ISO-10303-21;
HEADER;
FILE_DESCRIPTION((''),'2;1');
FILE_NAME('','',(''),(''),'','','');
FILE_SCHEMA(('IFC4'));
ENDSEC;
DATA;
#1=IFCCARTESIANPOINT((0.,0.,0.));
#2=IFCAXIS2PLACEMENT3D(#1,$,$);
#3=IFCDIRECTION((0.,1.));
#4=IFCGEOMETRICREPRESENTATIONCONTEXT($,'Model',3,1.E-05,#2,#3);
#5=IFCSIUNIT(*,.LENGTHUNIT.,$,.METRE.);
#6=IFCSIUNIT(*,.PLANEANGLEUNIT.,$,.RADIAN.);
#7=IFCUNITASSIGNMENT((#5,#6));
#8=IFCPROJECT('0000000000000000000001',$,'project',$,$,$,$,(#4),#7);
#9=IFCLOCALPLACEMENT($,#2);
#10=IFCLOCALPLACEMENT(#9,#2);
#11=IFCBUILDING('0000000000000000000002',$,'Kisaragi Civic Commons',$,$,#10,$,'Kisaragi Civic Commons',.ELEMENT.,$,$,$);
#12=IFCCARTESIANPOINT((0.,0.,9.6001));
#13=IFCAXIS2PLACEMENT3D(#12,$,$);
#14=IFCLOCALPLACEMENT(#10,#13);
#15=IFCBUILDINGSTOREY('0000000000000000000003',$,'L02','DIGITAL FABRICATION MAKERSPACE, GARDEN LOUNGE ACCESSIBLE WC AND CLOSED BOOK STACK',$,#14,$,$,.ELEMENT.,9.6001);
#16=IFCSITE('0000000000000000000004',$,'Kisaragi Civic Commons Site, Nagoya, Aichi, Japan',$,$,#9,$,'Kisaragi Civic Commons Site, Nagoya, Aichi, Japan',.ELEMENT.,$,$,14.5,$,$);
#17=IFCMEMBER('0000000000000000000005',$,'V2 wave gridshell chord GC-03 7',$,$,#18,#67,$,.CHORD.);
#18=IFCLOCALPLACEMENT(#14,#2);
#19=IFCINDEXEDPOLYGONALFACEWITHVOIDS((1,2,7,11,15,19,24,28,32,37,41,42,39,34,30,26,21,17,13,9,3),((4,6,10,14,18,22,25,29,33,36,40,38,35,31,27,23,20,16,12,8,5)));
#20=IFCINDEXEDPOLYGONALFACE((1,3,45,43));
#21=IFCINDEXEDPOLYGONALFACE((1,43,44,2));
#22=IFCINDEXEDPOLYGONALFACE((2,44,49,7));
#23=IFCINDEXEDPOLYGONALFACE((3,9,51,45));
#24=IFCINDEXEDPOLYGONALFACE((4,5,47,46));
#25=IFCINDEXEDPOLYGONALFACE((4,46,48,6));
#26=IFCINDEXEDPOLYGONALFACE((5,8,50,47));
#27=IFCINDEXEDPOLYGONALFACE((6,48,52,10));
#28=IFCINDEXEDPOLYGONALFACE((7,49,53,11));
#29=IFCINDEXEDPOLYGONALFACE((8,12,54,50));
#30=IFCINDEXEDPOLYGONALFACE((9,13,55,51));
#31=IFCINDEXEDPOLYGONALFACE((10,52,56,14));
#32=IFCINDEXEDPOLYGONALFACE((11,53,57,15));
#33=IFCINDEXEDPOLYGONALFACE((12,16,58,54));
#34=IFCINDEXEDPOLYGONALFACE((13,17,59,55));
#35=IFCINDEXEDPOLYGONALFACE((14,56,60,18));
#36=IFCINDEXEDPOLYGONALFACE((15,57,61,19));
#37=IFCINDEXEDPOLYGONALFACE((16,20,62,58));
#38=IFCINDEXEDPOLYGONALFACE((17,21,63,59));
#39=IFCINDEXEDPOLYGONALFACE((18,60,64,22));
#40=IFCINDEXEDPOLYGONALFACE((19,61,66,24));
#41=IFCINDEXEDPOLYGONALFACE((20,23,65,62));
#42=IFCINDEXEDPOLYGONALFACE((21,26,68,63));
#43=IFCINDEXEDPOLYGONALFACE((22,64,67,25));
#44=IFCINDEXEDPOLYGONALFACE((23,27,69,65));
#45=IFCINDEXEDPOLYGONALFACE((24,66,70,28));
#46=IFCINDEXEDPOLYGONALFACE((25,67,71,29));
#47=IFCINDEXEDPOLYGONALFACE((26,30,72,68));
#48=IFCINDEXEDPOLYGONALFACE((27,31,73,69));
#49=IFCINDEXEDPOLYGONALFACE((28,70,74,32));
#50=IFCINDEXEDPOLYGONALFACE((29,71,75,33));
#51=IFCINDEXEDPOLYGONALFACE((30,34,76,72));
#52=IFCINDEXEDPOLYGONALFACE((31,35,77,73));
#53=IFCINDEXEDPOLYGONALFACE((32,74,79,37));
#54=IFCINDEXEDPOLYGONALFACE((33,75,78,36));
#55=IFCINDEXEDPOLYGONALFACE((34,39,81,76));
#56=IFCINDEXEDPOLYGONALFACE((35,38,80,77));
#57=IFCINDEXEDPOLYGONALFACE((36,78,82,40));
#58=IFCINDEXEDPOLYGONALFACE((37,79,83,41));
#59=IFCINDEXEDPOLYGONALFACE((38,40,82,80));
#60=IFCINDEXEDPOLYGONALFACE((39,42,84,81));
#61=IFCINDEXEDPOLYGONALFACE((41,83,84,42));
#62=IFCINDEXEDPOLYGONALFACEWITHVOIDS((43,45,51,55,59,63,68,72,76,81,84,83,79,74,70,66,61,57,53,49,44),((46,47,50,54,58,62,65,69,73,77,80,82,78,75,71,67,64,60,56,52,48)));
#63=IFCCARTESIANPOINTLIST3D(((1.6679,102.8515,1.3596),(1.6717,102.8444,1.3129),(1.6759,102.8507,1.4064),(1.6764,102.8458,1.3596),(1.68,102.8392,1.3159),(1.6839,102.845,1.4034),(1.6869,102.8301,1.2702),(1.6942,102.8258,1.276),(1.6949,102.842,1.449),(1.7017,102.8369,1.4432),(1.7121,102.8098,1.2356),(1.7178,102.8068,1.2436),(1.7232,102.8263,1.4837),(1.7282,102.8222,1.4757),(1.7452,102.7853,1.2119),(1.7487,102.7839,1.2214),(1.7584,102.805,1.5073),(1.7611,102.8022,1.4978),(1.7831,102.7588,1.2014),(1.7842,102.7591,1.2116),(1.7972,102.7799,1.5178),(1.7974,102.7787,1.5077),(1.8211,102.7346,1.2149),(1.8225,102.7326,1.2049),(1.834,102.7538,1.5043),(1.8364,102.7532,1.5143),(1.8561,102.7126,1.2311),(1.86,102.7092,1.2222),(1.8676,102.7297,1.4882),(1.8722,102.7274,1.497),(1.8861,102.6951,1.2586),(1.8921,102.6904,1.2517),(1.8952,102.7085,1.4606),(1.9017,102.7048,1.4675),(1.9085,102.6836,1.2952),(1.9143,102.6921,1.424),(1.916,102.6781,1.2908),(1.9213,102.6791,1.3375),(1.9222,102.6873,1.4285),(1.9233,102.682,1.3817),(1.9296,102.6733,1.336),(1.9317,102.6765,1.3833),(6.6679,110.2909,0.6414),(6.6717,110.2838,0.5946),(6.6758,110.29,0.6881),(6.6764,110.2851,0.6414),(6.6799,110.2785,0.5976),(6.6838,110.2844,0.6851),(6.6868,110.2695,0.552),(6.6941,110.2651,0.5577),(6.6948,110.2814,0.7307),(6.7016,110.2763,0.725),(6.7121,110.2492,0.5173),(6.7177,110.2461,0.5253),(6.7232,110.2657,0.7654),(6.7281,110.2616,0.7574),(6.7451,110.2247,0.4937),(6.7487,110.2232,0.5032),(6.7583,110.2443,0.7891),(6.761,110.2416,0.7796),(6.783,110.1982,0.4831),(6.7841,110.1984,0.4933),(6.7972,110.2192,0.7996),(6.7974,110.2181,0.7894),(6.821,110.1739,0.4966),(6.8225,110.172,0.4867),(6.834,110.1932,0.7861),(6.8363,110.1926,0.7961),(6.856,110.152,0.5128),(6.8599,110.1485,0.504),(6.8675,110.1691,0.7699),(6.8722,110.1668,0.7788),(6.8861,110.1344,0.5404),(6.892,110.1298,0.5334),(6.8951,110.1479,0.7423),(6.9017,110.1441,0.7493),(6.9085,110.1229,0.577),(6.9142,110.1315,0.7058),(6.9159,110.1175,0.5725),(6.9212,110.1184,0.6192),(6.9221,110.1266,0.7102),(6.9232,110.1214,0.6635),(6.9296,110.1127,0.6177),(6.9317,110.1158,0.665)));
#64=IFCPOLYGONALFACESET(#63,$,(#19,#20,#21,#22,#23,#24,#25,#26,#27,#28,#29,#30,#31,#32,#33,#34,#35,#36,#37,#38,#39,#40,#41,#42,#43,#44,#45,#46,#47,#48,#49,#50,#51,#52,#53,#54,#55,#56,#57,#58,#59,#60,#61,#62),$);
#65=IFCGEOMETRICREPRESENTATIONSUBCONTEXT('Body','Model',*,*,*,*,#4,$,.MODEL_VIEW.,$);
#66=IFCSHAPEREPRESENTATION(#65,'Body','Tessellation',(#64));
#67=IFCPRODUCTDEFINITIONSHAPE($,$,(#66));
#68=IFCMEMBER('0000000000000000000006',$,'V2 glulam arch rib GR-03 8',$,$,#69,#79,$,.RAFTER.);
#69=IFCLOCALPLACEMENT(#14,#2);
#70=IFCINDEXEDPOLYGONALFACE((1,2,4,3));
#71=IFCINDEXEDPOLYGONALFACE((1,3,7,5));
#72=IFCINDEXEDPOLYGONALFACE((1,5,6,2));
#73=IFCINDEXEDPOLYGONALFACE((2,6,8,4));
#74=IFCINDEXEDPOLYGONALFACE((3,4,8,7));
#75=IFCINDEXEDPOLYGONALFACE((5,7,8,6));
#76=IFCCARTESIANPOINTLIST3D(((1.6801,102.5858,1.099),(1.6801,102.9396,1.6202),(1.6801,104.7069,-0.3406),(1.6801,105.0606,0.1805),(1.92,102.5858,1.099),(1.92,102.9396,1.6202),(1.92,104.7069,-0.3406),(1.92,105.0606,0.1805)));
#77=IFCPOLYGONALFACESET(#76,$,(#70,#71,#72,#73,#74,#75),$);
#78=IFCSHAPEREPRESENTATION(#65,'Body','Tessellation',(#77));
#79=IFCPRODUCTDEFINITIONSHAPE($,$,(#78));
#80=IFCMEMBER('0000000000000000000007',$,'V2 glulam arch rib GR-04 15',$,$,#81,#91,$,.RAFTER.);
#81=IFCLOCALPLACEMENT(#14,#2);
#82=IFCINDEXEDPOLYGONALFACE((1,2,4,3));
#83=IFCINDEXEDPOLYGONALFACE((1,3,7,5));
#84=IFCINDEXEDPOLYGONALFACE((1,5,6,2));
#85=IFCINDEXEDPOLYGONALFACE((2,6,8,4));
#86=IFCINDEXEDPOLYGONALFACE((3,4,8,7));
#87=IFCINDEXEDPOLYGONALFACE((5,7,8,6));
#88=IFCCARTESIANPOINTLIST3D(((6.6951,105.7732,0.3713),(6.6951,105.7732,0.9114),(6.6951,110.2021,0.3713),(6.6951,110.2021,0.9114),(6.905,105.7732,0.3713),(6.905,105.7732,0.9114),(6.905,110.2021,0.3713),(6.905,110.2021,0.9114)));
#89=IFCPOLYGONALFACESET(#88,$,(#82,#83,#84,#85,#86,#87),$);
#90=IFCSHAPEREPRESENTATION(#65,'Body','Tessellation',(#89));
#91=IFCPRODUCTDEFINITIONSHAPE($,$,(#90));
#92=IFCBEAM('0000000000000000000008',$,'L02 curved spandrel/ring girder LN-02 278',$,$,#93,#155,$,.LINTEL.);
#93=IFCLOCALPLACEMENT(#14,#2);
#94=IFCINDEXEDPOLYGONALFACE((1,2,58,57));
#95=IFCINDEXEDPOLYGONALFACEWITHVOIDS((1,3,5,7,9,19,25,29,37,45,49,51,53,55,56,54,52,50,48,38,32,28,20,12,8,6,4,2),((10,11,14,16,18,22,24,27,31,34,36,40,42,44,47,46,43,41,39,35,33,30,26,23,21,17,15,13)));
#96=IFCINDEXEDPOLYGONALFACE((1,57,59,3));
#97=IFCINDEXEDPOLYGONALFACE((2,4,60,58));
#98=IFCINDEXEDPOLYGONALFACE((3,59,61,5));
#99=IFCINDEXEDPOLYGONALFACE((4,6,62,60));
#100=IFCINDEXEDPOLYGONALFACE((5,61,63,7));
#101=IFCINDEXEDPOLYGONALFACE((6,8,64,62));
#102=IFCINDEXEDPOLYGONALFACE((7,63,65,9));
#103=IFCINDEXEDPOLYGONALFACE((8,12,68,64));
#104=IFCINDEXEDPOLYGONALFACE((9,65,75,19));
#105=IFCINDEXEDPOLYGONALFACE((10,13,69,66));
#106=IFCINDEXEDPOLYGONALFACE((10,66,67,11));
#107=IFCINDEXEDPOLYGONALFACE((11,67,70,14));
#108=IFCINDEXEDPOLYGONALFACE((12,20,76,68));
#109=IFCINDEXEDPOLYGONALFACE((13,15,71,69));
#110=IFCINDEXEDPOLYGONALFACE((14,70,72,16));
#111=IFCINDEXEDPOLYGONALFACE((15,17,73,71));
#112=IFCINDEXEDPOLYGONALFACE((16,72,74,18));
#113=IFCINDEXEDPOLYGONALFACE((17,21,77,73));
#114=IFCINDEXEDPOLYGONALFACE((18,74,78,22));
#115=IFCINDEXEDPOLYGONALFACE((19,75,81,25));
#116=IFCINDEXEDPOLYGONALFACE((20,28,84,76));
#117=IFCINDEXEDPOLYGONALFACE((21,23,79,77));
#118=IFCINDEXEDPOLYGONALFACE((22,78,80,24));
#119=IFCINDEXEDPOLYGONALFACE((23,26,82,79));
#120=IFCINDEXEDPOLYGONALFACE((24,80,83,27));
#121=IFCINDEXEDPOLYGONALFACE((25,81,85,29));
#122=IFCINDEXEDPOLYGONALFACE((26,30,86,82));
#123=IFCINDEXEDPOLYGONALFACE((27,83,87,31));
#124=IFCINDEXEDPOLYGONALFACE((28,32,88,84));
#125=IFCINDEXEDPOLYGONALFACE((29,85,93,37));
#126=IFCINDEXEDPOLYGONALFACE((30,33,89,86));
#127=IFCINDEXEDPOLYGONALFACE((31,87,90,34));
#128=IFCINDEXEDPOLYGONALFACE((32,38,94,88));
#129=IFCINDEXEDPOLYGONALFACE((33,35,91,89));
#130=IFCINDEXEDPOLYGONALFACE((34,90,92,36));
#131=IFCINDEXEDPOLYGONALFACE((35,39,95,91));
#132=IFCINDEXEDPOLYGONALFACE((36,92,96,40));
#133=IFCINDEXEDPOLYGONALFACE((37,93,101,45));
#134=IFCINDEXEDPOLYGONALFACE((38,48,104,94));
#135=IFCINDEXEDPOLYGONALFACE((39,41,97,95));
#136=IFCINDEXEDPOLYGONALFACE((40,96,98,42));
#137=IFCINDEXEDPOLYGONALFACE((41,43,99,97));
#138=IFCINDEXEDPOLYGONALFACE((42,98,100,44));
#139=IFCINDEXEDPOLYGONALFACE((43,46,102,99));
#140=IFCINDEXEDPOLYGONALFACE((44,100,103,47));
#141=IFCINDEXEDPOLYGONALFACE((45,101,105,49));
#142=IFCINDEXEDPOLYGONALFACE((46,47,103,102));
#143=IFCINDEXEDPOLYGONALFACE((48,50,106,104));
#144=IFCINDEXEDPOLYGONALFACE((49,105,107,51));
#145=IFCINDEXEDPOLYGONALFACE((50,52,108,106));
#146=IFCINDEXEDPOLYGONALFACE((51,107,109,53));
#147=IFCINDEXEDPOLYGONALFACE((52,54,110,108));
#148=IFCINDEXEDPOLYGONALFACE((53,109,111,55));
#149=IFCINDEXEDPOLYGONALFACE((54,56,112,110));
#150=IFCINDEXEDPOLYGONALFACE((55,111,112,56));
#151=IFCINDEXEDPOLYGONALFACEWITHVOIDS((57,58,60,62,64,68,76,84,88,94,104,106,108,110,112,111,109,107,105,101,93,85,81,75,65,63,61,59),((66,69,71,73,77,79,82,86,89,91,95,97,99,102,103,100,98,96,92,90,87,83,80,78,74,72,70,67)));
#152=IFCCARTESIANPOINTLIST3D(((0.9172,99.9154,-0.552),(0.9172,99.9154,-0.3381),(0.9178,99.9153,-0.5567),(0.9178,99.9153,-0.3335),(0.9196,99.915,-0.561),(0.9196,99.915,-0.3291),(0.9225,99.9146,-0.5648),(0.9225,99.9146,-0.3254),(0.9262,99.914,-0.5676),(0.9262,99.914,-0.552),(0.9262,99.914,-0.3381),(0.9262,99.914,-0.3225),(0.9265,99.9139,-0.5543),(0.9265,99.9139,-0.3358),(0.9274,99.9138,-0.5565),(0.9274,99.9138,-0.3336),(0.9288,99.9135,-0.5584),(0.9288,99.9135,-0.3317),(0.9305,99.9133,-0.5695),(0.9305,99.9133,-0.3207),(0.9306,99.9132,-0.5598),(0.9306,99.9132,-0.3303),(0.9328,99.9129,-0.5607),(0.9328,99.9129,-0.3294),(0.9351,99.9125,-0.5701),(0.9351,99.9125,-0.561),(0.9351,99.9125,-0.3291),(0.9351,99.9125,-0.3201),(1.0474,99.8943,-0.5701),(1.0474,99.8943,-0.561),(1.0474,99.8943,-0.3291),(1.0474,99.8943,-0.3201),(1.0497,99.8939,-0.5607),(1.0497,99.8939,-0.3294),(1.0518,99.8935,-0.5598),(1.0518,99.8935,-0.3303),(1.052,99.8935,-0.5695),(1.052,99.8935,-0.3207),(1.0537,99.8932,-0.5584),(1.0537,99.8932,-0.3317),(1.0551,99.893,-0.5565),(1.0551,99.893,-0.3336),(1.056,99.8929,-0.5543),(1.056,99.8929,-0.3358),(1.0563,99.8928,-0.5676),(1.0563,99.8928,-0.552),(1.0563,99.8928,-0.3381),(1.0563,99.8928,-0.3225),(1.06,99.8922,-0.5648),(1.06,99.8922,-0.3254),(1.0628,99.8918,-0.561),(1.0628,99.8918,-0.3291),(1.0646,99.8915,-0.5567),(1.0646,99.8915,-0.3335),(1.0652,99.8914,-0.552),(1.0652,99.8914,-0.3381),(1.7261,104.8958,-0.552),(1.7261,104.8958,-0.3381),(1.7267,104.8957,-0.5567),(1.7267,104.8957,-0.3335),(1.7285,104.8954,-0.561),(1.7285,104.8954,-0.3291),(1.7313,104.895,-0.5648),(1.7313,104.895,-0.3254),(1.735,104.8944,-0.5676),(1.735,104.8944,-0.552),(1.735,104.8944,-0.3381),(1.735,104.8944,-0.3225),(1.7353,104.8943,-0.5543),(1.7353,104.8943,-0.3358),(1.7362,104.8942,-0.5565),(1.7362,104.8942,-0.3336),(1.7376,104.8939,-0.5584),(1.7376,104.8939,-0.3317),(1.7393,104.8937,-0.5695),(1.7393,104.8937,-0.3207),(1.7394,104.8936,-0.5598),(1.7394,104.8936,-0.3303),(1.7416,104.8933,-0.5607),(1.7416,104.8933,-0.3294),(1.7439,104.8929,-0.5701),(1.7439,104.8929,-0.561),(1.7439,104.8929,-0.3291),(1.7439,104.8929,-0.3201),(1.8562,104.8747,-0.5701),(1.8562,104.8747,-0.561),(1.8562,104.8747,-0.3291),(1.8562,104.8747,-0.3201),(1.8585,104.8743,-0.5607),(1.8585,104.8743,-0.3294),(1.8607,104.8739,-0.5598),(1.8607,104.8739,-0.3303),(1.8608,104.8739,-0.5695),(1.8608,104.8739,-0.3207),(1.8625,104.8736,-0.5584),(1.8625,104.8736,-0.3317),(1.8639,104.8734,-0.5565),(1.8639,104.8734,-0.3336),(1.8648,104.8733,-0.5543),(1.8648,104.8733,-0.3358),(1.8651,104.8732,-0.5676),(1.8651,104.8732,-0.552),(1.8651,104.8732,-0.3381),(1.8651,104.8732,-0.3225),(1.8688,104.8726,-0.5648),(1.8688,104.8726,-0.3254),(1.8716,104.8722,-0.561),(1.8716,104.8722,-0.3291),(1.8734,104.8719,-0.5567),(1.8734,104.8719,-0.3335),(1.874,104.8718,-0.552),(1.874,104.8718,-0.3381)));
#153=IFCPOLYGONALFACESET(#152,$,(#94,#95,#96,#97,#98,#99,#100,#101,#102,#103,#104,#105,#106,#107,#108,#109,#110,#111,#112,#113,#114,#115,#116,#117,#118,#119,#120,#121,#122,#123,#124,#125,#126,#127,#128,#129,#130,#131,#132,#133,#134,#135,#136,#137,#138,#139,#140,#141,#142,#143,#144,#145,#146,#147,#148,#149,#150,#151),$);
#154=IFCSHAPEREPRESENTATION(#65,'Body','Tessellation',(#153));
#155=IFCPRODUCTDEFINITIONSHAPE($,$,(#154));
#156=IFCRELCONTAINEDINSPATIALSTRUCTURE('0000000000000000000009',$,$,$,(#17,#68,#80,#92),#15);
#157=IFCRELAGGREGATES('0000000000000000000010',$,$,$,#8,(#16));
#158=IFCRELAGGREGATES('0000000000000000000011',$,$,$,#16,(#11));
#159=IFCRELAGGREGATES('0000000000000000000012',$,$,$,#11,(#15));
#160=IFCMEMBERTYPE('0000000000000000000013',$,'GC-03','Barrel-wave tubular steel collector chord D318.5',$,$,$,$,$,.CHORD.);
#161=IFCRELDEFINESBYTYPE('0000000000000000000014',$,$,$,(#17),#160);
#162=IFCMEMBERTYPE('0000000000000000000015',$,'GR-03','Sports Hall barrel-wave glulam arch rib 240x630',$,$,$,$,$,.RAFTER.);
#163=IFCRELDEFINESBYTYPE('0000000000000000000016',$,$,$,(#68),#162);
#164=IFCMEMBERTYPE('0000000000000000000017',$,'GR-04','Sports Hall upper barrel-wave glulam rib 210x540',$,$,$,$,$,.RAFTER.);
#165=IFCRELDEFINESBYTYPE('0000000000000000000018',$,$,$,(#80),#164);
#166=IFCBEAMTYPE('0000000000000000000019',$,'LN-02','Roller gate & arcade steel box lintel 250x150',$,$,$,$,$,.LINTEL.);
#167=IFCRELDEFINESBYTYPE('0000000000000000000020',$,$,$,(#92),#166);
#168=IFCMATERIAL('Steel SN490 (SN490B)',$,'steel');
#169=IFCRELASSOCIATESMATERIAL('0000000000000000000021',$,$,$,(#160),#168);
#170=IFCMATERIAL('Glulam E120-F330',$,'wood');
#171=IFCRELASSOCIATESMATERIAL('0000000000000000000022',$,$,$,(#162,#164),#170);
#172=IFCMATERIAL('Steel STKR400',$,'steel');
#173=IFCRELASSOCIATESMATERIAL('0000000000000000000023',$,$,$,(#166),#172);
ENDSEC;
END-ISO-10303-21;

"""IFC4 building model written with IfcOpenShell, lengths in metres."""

from ifc_helpers import new_model, si_unit, direction, frame, origin, origin_2d, place, context, subcontext, project, spatial, rectangle, hollow_rectangle, hollow_circle, extrude, material, material_profile, profile_set, type_object, element, save


model = new_model("IFC4")

# Units and contexts
model_context = context("Model", 3, precision=1e-05, world=origin(), true_north=direction((0.0, 1.0)))
body_context = subcontext(model_context, "Body", "Model", "MODEL_VIEW")
ifc_project = project(units=[si_unit("LENGTHUNIT", "METRE"), si_unit("PLANEANGLEUNIT", "RADIAN")], contexts=[model_context])

# Site, building, storey
site_placement = place(None, origin())
site = spatial("IfcSite", under=ifc_project, at=site_placement, Name="Kisaragi Civic Commons Site, Nagoya, Aichi, Japan", LongName="Kisaragi Civic Commons Site, Nagoya, Aichi, Japan", CompositionType="ELEMENT", RefElevation=14.5)
building_placement = place(site_placement, origin())
building = spatial("IfcBuilding", under=site, at=building_placement, Name="Kisaragi Civic Commons", LongName="Kisaragi Civic Commons", CompositionType="ELEMENT")
storey_placement = place(building_placement, frame((0.0, 0.0, 9.6001)))
storey = spatial("IfcBuildingStorey", under=building, at=storey_placement, Name="L02", Description="DIGITAL FABRICATION MAKERSPACE, GARDEN LOUNGE ACCESSIBLE WC AND CLOSED BOOK STACK", CompositionType="ELEMENT", Elevation=9.6001)

# Members
ifc_material_1 = material(Name="Steel SN490 (SN490B)", Category="steel")
ifc_material_profile_1 = material_profile(ifc_material_1, hollow_circle(Radius=0.1592, WallThickness=0.0103, at=origin_2d()), Name="CHS-318.5x10.3", Category="steel")
ifc_profile_set_1 = profile_set([ifc_material_profile_1], Name="Steel SN490 (SN490B)")
member_type_1 = type_object("IfcMemberType", Name="GC-03", Description="Barrel-wave tubular steel collector chord D318.5", PredefinedType="CHORD", material=ifc_profile_set_1)
member_1_placement = place(storey_placement, frame((1.8, 102.7627, 1.3596), z_axis=(0.556032, 0.827314, -0.079875), x_axis=(-0.829966, 0.557814, 0.0)))
element("IfcMember", 1, at=member_1_placement, inside=storey, type_object=member_type_1, Name="V2 wave gridshell chord GC-03 7", PredefinedType="CHORD", context=body_context, shape_type="SweptSolid", body=[
    extrude(hollow_circle(Radius=0.1592, WallThickness=0.0103, at=origin_2d()), origin(), (0.0, 0.0, 1.0), 8.9922),
])
ifc_material_2 = material(Name="Glulam E120-F330", Category="wood")
ifc_material_profile_2 = material_profile(ifc_material_2, rectangle(XDim=0.24, YDim=0.6299, at=origin_2d()), Name="GL-240x630", Category="wood")
ifc_profile_set_2 = profile_set([ifc_material_profile_2], Name="Glulam E120-F330")
member_type_2 = type_object("IfcMemberType", Name="GR-03", Description="Sports Hall barrel-wave glulam arch rib 240x630", PredefinedType="RAFTER", material=ifc_profile_set_2)
member_2_placement = place(storey_placement, frame((1.8, 102.7627, 1.3596), z_axis=(0.0, 0.827406, -0.561604), x_axis=(-1.0, 0.0, 0.0)))
element("IfcMember", 2, at=member_2_placement, inside=storey, type_object=member_type_2, Name="V2 glulam arch rib GR-03 8", PredefinedType="RAFTER", context=body_context, shape_type="SweptSolid", body=[
    extrude(rectangle(XDim=0.24, YDim=0.6299, at=origin_2d()), origin(), (0.0, 0.0, 1.0), 2.5635),
])
ifc_material_profile_3 = material_profile(ifc_material_2, rectangle(XDim=0.21, YDim=0.54, at=origin_2d()), Name="GL-210x540", Category="wood")
ifc_profile_set_3 = profile_set([ifc_material_profile_3], Name="Glulam E120-F330")
member_type_3 = type_object("IfcMemberType", Name="GR-04", Description="Sports Hall upper barrel-wave glulam rib 210x540", PredefinedType="RAFTER", material=ifc_profile_set_3)
member_3_placement = place(storey_placement, frame((6.8, 105.7732, 0.6414), z_axis=(0.0, 1.0, 0.0), x_axis=(-1.0, 0.0, 0.0)))
element("IfcMember", 3, at=member_3_placement, inside=storey, type_object=member_type_3, Name="V2 glulam arch rib GR-04 15", PredefinedType="RAFTER", context=body_context, shape_type="SweptSolid", body=[
    extrude(rectangle(XDim=0.21, YDim=0.54, at=origin_2d()), origin(), (0.0, 0.0, 1.0), 4.429),
])

# Beam
ifc_material_3 = material(Name="Steel STKR400", Category="steel")
ifc_material_profile_4 = material_profile(ifc_material_3, hollow_rectangle(XDim=0.1499, YDim=0.25, WallThickness=0.009, InnerFilletRadius=0.009, OuterFilletRadius=0.0181, at=origin_2d()), Name="STKR-250x150x9", Category="steel")
ifc_profile_set_4 = profile_set([ifc_material_profile_4], Name="Steel STKR400")
beam_type_1 = type_object("IfcBeamType", Name="LN-02", Description="Roller gate & arcade steel box lintel 250x150", PredefinedType="LINTEL", material=ifc_profile_set_4)
beam_1_placement = place(storey_placement, frame((1.8, 104.8838, -0.4451), z_axis=(-0.160302, -0.987068, 0.0), x_axis=(0.987068, -0.160302, 0.0)))
element("IfcBeam", 4, at=beam_1_placement, inside=storey, type_object=beam_type_1, Name="L02 curved spandrel/ring girder LN-02 278", PredefinedType="LINTEL", context=body_context, shape_type="SweptSolid", body=[
    extrude(hollow_rectangle(XDim=0.1499, YDim=0.25, WallThickness=0.009, InnerFilletRadius=0.009, OuterFilletRadius=0.0181, at=origin_2d()), origin(), (0.0, 0.0, 1.0), 5.0457),
])

save(model, "model.ifc")
